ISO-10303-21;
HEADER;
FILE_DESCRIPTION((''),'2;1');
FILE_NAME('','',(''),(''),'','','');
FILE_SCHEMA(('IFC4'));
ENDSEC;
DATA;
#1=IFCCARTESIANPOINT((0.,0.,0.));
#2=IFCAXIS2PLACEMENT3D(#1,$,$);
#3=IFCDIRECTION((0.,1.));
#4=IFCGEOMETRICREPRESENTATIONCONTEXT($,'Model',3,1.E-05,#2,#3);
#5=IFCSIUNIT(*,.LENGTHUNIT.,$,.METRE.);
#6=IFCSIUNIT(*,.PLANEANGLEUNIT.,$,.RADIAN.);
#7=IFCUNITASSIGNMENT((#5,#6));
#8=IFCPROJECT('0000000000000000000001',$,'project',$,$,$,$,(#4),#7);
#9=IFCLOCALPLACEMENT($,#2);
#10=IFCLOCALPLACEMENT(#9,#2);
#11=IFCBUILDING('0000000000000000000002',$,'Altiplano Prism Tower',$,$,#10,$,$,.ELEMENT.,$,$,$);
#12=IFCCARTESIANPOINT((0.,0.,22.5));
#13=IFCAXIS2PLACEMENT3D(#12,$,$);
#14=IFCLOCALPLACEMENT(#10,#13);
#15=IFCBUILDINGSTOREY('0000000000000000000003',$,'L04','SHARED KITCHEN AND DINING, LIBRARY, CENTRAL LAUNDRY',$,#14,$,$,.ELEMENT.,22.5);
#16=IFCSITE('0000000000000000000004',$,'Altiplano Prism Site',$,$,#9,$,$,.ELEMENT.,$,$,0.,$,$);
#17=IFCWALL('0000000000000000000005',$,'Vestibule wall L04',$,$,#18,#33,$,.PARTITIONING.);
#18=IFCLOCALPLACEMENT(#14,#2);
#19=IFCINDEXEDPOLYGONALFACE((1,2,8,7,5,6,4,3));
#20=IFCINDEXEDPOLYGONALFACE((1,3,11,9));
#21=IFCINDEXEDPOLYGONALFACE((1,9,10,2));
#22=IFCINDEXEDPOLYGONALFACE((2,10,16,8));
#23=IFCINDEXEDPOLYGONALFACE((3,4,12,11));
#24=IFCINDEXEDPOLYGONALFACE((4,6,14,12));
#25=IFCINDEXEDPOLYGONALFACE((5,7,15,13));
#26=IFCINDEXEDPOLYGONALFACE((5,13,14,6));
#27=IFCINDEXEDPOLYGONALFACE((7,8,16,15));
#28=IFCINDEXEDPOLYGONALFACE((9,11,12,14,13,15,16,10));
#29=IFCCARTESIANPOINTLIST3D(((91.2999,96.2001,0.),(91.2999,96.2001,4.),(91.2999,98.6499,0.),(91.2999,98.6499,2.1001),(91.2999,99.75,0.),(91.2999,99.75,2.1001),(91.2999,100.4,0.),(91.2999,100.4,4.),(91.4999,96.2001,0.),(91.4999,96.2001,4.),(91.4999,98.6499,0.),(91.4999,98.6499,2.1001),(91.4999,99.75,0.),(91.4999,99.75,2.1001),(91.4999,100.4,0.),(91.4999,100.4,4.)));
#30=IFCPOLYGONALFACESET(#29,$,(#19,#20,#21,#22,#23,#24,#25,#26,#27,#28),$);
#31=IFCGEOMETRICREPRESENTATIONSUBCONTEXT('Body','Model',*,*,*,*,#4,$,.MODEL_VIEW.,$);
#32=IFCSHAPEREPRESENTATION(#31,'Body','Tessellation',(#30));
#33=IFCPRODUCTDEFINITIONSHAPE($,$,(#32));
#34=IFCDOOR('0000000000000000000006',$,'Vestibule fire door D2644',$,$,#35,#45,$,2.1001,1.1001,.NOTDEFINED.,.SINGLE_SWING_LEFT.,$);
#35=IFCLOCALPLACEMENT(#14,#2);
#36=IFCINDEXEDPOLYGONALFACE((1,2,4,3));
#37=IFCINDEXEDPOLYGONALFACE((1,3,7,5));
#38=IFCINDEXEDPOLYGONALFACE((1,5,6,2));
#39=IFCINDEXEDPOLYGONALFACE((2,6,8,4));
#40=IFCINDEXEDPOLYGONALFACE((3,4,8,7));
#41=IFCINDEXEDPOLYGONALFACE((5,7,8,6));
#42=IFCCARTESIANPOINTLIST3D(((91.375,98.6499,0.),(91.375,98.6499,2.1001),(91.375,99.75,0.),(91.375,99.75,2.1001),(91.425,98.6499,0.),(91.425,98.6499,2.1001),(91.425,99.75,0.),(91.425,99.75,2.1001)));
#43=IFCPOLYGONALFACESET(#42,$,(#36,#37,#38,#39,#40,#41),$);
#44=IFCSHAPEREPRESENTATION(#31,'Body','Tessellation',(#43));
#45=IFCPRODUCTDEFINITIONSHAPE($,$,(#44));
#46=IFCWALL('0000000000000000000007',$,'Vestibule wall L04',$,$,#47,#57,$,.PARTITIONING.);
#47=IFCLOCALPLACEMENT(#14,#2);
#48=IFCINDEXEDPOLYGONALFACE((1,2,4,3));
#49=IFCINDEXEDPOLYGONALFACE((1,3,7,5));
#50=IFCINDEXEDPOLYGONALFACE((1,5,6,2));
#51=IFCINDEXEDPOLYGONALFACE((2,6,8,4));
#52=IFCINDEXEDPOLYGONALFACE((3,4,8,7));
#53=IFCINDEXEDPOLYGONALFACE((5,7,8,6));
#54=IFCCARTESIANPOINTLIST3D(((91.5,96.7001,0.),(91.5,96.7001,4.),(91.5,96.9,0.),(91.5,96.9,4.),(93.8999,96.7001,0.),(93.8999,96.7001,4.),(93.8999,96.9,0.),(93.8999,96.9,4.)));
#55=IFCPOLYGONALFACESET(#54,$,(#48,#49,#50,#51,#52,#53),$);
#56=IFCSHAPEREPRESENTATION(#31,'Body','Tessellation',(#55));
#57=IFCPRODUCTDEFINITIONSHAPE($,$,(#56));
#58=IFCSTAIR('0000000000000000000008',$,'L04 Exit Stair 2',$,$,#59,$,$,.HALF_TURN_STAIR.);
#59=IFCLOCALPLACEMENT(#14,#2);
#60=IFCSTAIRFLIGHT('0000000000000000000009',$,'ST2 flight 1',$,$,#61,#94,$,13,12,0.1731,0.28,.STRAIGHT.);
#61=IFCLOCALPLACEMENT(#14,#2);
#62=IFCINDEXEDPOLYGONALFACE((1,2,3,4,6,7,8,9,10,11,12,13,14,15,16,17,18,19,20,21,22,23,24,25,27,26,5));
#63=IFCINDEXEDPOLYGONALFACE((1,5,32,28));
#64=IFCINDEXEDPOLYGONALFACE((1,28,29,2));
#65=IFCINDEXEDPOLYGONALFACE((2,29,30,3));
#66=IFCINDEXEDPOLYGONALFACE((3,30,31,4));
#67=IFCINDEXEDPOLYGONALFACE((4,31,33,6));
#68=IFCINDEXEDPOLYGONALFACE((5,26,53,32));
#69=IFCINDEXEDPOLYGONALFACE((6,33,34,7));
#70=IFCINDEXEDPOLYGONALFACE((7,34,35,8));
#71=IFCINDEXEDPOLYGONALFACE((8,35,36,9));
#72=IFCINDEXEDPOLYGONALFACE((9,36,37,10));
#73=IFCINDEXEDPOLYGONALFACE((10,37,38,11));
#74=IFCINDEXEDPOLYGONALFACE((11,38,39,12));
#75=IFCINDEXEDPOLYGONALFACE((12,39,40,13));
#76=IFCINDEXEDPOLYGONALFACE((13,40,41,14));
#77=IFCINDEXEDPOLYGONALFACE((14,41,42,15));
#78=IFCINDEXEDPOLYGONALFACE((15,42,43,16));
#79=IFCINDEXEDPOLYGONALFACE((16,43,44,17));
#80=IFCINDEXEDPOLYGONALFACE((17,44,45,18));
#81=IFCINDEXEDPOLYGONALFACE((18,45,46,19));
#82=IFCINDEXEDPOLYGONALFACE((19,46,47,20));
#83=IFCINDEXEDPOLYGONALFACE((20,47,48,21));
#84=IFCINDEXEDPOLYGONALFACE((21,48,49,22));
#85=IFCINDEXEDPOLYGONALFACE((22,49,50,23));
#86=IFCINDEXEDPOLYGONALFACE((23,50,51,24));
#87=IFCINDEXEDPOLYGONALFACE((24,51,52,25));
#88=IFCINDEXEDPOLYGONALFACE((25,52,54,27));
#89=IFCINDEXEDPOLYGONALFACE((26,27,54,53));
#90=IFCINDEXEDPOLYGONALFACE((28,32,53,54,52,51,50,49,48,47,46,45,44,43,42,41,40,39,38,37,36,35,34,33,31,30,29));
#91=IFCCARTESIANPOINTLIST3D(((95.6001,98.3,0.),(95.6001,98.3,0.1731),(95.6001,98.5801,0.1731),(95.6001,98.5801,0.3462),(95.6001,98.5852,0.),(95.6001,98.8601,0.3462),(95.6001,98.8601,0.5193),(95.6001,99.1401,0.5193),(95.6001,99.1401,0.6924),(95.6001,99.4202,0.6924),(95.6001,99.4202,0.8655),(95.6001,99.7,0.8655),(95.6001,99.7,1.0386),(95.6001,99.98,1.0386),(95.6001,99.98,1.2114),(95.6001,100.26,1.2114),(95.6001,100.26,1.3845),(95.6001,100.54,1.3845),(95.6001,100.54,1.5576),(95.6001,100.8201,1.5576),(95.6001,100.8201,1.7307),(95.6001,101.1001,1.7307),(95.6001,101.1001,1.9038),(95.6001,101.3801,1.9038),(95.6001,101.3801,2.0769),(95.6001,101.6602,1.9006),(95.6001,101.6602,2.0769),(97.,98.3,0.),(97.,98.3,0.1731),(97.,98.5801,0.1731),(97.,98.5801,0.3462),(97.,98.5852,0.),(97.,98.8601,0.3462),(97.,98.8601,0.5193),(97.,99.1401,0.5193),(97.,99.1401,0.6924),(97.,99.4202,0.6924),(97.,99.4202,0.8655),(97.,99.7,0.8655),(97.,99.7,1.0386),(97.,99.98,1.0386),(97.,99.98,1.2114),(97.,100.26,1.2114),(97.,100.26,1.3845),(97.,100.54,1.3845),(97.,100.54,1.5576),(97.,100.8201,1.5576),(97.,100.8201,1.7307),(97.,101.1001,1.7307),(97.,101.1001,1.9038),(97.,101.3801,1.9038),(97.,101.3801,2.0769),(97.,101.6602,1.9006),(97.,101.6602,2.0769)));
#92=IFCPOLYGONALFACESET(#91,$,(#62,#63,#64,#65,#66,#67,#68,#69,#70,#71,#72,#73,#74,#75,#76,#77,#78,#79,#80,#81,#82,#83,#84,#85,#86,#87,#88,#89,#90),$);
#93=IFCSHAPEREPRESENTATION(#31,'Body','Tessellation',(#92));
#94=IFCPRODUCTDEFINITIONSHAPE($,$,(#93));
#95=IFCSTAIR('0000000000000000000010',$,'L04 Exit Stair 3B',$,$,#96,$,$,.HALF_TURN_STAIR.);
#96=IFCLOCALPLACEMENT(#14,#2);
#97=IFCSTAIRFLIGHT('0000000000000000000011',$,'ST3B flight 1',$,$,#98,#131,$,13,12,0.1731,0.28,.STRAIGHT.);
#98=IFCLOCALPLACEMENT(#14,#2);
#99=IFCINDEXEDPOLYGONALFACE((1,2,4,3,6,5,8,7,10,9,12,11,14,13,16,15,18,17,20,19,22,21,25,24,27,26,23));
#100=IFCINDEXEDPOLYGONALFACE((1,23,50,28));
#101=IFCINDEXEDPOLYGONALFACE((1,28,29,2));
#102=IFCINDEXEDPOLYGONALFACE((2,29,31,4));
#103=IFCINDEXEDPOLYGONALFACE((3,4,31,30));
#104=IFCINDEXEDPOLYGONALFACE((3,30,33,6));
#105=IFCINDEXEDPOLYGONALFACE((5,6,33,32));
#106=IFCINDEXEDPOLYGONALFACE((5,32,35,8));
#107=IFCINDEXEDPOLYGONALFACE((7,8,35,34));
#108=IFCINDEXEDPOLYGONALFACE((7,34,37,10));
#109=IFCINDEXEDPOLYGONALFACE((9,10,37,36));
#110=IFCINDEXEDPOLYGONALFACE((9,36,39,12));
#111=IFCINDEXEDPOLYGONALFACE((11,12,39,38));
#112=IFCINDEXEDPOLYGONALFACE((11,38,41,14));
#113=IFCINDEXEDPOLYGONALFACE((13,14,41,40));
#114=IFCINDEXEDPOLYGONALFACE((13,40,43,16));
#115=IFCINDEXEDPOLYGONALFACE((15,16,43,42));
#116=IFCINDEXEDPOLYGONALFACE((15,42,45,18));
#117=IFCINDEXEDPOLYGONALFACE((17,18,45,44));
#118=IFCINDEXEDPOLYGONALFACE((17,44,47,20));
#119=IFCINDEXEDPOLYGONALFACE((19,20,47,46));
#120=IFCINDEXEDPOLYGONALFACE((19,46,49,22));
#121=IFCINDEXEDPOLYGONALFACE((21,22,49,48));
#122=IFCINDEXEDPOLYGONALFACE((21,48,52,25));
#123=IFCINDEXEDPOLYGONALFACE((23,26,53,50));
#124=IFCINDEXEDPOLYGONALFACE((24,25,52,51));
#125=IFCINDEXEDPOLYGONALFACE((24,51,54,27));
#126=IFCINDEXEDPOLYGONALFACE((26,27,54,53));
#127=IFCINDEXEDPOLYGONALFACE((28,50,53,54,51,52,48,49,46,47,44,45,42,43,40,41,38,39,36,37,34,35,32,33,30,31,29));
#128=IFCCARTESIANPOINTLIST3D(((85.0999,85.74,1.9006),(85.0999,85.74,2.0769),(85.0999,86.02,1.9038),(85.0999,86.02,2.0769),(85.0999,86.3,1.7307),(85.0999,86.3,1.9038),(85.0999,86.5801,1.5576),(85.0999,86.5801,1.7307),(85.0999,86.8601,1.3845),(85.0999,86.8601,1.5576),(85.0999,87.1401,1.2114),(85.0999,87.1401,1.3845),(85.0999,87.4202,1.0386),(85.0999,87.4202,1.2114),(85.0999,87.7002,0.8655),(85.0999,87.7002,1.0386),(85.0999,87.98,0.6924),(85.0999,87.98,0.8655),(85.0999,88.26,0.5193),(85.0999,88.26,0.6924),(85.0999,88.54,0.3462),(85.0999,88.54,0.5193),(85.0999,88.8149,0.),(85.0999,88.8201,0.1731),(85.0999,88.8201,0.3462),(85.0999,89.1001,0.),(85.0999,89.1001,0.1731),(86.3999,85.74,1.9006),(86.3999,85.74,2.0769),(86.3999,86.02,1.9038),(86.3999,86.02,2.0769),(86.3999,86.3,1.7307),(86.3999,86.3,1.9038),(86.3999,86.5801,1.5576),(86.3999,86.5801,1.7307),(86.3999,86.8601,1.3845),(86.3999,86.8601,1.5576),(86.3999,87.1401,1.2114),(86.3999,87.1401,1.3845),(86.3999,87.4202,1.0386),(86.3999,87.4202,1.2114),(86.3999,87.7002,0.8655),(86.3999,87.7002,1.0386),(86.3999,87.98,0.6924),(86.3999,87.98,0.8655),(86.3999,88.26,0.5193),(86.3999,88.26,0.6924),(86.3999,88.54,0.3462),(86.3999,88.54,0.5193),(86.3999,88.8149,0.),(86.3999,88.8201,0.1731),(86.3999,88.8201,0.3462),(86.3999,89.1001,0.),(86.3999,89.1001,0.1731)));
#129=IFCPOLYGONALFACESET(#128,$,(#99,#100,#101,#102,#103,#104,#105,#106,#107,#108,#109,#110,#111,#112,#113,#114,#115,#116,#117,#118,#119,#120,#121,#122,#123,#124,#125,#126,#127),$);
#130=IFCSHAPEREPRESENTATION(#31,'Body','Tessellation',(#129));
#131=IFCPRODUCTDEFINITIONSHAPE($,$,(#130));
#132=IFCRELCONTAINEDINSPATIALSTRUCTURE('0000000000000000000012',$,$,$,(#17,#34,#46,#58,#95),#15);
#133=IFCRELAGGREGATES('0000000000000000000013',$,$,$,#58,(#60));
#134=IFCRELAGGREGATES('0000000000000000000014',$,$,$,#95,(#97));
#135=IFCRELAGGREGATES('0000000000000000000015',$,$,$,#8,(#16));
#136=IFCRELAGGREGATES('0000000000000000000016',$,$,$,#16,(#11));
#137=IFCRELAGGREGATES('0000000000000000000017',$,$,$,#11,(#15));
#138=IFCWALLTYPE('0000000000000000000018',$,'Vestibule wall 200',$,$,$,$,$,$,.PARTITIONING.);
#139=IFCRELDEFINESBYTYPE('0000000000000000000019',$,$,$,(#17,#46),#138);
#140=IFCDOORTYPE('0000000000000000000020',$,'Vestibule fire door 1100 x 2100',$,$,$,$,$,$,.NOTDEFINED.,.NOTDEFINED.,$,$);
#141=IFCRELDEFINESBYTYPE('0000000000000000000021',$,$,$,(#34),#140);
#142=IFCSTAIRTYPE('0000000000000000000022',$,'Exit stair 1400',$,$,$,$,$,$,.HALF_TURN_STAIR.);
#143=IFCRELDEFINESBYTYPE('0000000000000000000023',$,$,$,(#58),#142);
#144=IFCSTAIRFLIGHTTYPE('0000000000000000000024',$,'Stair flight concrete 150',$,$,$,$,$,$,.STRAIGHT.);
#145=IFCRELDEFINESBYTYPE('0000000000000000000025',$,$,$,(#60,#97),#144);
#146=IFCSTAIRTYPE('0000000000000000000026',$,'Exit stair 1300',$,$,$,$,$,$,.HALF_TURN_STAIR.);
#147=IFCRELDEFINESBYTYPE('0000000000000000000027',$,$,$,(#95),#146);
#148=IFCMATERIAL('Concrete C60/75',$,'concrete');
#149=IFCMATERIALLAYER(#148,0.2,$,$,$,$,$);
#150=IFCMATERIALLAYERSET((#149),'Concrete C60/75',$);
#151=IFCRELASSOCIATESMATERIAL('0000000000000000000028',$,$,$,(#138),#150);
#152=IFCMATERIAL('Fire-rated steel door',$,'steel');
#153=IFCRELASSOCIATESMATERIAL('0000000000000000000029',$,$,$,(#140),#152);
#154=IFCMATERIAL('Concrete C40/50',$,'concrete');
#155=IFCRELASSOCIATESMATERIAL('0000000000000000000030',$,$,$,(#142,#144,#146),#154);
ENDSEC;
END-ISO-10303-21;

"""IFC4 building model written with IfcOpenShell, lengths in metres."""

from ifc_helpers import new_model, si_unit, direction, frame, frame_2d, origin, place, context, subcontext, project, spatial, polyline, rectangle, outline, extrude, material, layer, layer_set, type_object, element, fill, aggregate, save


model = new_model("IFC4")

# Units and contexts
model_context = context("Model", 3, precision=1e-05, world=origin(), true_north=direction((0.0, 1.0)))
body_context = subcontext(model_context, "Body", "Model", "MODEL_VIEW")
ifc_project = project(units=[si_unit("LENGTHUNIT", "METRE"), si_unit("PLANEANGLEUNIT", "RADIAN")], contexts=[model_context])

# Site, building, storey
site_placement = place(None, origin())
site = spatial("IfcSite", under=ifc_project, at=site_placement, Name="Altiplano Prism Site", CompositionType="ELEMENT", RefElevation=0.0)
building_placement = place(site_placement, origin())
building = spatial("IfcBuilding", under=site, at=building_placement, Name="Altiplano Prism Tower", CompositionType="ELEMENT")
storey_placement = place(building_placement, frame((0.0, 0.0, 22.5)))
storey = spatial("IfcBuildingStorey", under=building, at=storey_placement, Name="L04", Description="SHARED KITCHEN AND DINING, LIBRARY, CENTRAL LAUNDRY", CompositionType="ELEMENT", Elevation=22.5)

# Shared definitions
ifc_material_1 = material(Name="Concrete C60/75", Category="concrete")

# Shared definitions
ifc_material_2 = material(Name="Fire-rated steel door", Category="steel")

# Shared definitions
ifc_layer_1 = layer(ifc_material_1, 0.2)
ifc_layer_set_1 = layer_set([ifc_layer_1], Name="Concrete C60/75")
wall_type_1 = type_object("IfcWallType", Name="Vestibule wall 200", PredefinedType="PARTITIONING", material=ifc_layer_set_1)
door_type_1 = type_object("IfcDoorType", Name="Vestibule fire door 1100 x 2100", OperationType="NOTDEFINED", PredefinedType="NOTDEFINED", material=ifc_material_2)

# Wall, opening, door
wall_1_placement = place(storey_placement, frame((91.3999, 96.2, 0.0), z_axis=(0.0, 0.0, 1.0), x_axis=(0.0, 1.0, 0.0)))
wall_1 = element("IfcWall", 1, at=wall_1_placement, inside=storey, type_object=wall_type_1, Name="Vestibule wall L04", PredefinedType="PARTITIONING", context=body_context, shape_type="SweptSolid", body=[
    extrude(rectangle(XDim=4.2, YDim=0.2, at=frame_2d((2.1001, 0.0))), origin(), (0.0, 0.0, 1.0), 4.0),
])
opening_1_placement = place(wall_1_placement, frame((2.45, 0.0, 0.0)))
opening_1 = element("IfcOpeningElement", 2, at=opening_1_placement, cuts=wall_1, PredefinedType="OPENING", context=body_context, shape_type="SweptSolid", body=[
    extrude(rectangle(XDim=1.1001, YDim=2.1001, at=frame_2d((0.55, 1.05))), frame((0.0, 0.1104, 0.0), z_axis=(0.0, -1.0, 0.0), x_axis=(1.0, 0.0, 0.0)), (0.0, 0.0, 1.0), 0.2209),
])
door_1_placement = place(opening_1_placement, origin())
door_1 = element("IfcDoor", 3, at=door_1_placement, inside=storey, type_object=door_type_1, Name="Vestibule fire door D2644", OperationType="SINGLE_SWING_LEFT", OverallHeight=2.1001, OverallWidth=1.1001, PredefinedType="NOTDEFINED", context=body_context, shape_type="SweptSolid", body=[
    extrude(rectangle(XDim=1.1001, YDim=2.1001, at=frame_2d((0.55, 1.05))), frame((0.0, 0.0249, 0.0), z_axis=(0.0, -1.0, 0.0), x_axis=(1.0, 0.0, 0.0)), (0.0, 0.0, 1.0), 0.05),
])
fill(opening_1, door_1)

# Wall
wall_2_placement = place(storey_placement, frame((91.5, 96.8, 0.0), z_axis=(0.0, 0.0, 1.0), x_axis=(1.0, 0.0, 0.0)))
element("IfcWall", 4, at=wall_2_placement, inside=storey, type_object=wall_type_1, Name="Vestibule wall L04", PredefinedType="PARTITIONING", context=body_context, shape_type="SweptSolid", body=[
    extrude(rectangle(XDim=2.3999, YDim=0.2, at=frame_2d((1.2, 0.0))), origin(), (0.0, 0.0, 1.0), 4.0),
])

# Stairs, stair flights
ifc_material_3 = material(Name="Concrete C40/50", Category="concrete")
stair_type_1 = type_object("IfcStairType", Name="Exit stair 1400", PredefinedType="HALF_TURN_STAIR", material=ifc_material_3)
stair_1_placement = place(storey_placement, origin())
stair_1 = element("IfcStair", 5, at=stair_1_placement, inside=storey, type_object=stair_type_1, Name="L04 Exit Stair 2", PredefinedType="HALF_TURN_STAIR")
stair_flight_type = type_object("IfcStairFlightType", Name="Stair flight concrete 150", PredefinedType="STRAIGHT", material=ifc_material_3)
stair_flight_1_placement = place(storey_placement, frame((96.3, 98.3, 0.0), z_axis=(0.0, 0.0, 1.0), x_axis=(0.0, 1.0, 0.0)))
stair_flight_1 = element("IfcStairFlight", 6, at=stair_flight_1_placement, type_object=stair_flight_type, Name="ST2 flight 1", NumberOfRisers=13, NumberOfTreads=12, PredefinedType="STRAIGHT", RiserHeight=0.1731, TreadLength=0.28, context=body_context, shape_type="SweptSolid", body=[
    extrude(outline(polyline([(0.0, 0.0), (0.0, 0.1731), (0.28, 0.1731), (0.28, 0.3462), (0.5601, 0.3462), (0.5601, 0.5193), (0.8401, 0.5193), (0.8401, 0.6924), (1.1201, 0.6924), (1.1201, 0.8655), (1.3999, 0.8655), (1.3999, 1.0386), (1.6799, 1.0386), (1.6799, 1.2114), (1.96, 1.2114), (1.96, 1.3845), (2.24, 1.3845), (2.24, 1.5576), (2.52, 1.5576), (2.52, 1.7307), (2.8, 1.7307), (2.8, 1.9038), (3.0801, 1.9038), (3.0801, 2.0769), (3.3601, 2.0769), (3.3601, 2.25), (3.3601, 1.9006), (0.2852, 0.0), (0.0, 0.0)])), frame((0.0, 0.7, 0.0), z_axis=(0.0, -1.0, 0.0), x_axis=(1.0, 0.0, 0.0)), (0.0, 0.0, 1.0), 1.3999),
])
aggregate(stair_1, [stair_flight_1])
stair_type_2 = type_object("IfcStairType", Name="Exit stair 1300", PredefinedType="HALF_TURN_STAIR", material=ifc_material_3)
stair_2_placement = place(storey_placement, origin())
stair_2 = element("IfcStair", 7, at=stair_2_placement, inside=storey, type_object=stair_type_2, Name="L04 Exit Stair 3B", PredefinedType="HALF_TURN_STAIR")
stair_flight_2_placement = place(storey_placement, frame((85.75, 89.1001, 0.0), z_axis=(0.0, 0.0, 1.0), x_axis=(0.0, -1.0, 0.0)))
stair_flight_2 = element("IfcStairFlight", 8, at=stair_flight_2_placement, type_object=stair_flight_type, Name="ST3B flight 1", NumberOfRisers=13, NumberOfTreads=12, PredefinedType="STRAIGHT", RiserHeight=0.1731, TreadLength=0.28, context=body_context, shape_type="SweptSolid", body=[
    extrude(outline(polyline([(0.0, 0.0), (0.0, 0.1731), (0.28, 0.1731), (0.28, 0.3462), (0.5601, 0.3462), (0.5601, 0.5193), (0.8401, 0.5193), (0.8401, 0.6924), (1.1201, 0.6924), (1.1201, 0.8655), (1.3999, 0.8655), (1.3999, 1.0386), (1.6799, 1.0386), (1.6799, 1.2114), (1.96, 1.2114), (1.96, 1.3845), (2.24, 1.3845), (2.24, 1.5576), (2.52, 1.5576), (2.52, 1.7307), (2.8, 1.7307), (2.8, 1.9038), (3.0801, 1.9038), (3.0801, 2.0769), (3.3601, 2.0769), (3.3601, 2.25), (3.3601, 1.9006), (0.2852, 0.0), (0.0, 0.0)])), frame((0.0, 0.6499, 0.0), z_axis=(0.0, -1.0, 0.0), x_axis=(1.0, 0.0, 0.0)), (0.0, 0.0, 1.0), 1.3),
])
aggregate(stair_2, [stair_flight_2])

save(model, "model.ifc")
